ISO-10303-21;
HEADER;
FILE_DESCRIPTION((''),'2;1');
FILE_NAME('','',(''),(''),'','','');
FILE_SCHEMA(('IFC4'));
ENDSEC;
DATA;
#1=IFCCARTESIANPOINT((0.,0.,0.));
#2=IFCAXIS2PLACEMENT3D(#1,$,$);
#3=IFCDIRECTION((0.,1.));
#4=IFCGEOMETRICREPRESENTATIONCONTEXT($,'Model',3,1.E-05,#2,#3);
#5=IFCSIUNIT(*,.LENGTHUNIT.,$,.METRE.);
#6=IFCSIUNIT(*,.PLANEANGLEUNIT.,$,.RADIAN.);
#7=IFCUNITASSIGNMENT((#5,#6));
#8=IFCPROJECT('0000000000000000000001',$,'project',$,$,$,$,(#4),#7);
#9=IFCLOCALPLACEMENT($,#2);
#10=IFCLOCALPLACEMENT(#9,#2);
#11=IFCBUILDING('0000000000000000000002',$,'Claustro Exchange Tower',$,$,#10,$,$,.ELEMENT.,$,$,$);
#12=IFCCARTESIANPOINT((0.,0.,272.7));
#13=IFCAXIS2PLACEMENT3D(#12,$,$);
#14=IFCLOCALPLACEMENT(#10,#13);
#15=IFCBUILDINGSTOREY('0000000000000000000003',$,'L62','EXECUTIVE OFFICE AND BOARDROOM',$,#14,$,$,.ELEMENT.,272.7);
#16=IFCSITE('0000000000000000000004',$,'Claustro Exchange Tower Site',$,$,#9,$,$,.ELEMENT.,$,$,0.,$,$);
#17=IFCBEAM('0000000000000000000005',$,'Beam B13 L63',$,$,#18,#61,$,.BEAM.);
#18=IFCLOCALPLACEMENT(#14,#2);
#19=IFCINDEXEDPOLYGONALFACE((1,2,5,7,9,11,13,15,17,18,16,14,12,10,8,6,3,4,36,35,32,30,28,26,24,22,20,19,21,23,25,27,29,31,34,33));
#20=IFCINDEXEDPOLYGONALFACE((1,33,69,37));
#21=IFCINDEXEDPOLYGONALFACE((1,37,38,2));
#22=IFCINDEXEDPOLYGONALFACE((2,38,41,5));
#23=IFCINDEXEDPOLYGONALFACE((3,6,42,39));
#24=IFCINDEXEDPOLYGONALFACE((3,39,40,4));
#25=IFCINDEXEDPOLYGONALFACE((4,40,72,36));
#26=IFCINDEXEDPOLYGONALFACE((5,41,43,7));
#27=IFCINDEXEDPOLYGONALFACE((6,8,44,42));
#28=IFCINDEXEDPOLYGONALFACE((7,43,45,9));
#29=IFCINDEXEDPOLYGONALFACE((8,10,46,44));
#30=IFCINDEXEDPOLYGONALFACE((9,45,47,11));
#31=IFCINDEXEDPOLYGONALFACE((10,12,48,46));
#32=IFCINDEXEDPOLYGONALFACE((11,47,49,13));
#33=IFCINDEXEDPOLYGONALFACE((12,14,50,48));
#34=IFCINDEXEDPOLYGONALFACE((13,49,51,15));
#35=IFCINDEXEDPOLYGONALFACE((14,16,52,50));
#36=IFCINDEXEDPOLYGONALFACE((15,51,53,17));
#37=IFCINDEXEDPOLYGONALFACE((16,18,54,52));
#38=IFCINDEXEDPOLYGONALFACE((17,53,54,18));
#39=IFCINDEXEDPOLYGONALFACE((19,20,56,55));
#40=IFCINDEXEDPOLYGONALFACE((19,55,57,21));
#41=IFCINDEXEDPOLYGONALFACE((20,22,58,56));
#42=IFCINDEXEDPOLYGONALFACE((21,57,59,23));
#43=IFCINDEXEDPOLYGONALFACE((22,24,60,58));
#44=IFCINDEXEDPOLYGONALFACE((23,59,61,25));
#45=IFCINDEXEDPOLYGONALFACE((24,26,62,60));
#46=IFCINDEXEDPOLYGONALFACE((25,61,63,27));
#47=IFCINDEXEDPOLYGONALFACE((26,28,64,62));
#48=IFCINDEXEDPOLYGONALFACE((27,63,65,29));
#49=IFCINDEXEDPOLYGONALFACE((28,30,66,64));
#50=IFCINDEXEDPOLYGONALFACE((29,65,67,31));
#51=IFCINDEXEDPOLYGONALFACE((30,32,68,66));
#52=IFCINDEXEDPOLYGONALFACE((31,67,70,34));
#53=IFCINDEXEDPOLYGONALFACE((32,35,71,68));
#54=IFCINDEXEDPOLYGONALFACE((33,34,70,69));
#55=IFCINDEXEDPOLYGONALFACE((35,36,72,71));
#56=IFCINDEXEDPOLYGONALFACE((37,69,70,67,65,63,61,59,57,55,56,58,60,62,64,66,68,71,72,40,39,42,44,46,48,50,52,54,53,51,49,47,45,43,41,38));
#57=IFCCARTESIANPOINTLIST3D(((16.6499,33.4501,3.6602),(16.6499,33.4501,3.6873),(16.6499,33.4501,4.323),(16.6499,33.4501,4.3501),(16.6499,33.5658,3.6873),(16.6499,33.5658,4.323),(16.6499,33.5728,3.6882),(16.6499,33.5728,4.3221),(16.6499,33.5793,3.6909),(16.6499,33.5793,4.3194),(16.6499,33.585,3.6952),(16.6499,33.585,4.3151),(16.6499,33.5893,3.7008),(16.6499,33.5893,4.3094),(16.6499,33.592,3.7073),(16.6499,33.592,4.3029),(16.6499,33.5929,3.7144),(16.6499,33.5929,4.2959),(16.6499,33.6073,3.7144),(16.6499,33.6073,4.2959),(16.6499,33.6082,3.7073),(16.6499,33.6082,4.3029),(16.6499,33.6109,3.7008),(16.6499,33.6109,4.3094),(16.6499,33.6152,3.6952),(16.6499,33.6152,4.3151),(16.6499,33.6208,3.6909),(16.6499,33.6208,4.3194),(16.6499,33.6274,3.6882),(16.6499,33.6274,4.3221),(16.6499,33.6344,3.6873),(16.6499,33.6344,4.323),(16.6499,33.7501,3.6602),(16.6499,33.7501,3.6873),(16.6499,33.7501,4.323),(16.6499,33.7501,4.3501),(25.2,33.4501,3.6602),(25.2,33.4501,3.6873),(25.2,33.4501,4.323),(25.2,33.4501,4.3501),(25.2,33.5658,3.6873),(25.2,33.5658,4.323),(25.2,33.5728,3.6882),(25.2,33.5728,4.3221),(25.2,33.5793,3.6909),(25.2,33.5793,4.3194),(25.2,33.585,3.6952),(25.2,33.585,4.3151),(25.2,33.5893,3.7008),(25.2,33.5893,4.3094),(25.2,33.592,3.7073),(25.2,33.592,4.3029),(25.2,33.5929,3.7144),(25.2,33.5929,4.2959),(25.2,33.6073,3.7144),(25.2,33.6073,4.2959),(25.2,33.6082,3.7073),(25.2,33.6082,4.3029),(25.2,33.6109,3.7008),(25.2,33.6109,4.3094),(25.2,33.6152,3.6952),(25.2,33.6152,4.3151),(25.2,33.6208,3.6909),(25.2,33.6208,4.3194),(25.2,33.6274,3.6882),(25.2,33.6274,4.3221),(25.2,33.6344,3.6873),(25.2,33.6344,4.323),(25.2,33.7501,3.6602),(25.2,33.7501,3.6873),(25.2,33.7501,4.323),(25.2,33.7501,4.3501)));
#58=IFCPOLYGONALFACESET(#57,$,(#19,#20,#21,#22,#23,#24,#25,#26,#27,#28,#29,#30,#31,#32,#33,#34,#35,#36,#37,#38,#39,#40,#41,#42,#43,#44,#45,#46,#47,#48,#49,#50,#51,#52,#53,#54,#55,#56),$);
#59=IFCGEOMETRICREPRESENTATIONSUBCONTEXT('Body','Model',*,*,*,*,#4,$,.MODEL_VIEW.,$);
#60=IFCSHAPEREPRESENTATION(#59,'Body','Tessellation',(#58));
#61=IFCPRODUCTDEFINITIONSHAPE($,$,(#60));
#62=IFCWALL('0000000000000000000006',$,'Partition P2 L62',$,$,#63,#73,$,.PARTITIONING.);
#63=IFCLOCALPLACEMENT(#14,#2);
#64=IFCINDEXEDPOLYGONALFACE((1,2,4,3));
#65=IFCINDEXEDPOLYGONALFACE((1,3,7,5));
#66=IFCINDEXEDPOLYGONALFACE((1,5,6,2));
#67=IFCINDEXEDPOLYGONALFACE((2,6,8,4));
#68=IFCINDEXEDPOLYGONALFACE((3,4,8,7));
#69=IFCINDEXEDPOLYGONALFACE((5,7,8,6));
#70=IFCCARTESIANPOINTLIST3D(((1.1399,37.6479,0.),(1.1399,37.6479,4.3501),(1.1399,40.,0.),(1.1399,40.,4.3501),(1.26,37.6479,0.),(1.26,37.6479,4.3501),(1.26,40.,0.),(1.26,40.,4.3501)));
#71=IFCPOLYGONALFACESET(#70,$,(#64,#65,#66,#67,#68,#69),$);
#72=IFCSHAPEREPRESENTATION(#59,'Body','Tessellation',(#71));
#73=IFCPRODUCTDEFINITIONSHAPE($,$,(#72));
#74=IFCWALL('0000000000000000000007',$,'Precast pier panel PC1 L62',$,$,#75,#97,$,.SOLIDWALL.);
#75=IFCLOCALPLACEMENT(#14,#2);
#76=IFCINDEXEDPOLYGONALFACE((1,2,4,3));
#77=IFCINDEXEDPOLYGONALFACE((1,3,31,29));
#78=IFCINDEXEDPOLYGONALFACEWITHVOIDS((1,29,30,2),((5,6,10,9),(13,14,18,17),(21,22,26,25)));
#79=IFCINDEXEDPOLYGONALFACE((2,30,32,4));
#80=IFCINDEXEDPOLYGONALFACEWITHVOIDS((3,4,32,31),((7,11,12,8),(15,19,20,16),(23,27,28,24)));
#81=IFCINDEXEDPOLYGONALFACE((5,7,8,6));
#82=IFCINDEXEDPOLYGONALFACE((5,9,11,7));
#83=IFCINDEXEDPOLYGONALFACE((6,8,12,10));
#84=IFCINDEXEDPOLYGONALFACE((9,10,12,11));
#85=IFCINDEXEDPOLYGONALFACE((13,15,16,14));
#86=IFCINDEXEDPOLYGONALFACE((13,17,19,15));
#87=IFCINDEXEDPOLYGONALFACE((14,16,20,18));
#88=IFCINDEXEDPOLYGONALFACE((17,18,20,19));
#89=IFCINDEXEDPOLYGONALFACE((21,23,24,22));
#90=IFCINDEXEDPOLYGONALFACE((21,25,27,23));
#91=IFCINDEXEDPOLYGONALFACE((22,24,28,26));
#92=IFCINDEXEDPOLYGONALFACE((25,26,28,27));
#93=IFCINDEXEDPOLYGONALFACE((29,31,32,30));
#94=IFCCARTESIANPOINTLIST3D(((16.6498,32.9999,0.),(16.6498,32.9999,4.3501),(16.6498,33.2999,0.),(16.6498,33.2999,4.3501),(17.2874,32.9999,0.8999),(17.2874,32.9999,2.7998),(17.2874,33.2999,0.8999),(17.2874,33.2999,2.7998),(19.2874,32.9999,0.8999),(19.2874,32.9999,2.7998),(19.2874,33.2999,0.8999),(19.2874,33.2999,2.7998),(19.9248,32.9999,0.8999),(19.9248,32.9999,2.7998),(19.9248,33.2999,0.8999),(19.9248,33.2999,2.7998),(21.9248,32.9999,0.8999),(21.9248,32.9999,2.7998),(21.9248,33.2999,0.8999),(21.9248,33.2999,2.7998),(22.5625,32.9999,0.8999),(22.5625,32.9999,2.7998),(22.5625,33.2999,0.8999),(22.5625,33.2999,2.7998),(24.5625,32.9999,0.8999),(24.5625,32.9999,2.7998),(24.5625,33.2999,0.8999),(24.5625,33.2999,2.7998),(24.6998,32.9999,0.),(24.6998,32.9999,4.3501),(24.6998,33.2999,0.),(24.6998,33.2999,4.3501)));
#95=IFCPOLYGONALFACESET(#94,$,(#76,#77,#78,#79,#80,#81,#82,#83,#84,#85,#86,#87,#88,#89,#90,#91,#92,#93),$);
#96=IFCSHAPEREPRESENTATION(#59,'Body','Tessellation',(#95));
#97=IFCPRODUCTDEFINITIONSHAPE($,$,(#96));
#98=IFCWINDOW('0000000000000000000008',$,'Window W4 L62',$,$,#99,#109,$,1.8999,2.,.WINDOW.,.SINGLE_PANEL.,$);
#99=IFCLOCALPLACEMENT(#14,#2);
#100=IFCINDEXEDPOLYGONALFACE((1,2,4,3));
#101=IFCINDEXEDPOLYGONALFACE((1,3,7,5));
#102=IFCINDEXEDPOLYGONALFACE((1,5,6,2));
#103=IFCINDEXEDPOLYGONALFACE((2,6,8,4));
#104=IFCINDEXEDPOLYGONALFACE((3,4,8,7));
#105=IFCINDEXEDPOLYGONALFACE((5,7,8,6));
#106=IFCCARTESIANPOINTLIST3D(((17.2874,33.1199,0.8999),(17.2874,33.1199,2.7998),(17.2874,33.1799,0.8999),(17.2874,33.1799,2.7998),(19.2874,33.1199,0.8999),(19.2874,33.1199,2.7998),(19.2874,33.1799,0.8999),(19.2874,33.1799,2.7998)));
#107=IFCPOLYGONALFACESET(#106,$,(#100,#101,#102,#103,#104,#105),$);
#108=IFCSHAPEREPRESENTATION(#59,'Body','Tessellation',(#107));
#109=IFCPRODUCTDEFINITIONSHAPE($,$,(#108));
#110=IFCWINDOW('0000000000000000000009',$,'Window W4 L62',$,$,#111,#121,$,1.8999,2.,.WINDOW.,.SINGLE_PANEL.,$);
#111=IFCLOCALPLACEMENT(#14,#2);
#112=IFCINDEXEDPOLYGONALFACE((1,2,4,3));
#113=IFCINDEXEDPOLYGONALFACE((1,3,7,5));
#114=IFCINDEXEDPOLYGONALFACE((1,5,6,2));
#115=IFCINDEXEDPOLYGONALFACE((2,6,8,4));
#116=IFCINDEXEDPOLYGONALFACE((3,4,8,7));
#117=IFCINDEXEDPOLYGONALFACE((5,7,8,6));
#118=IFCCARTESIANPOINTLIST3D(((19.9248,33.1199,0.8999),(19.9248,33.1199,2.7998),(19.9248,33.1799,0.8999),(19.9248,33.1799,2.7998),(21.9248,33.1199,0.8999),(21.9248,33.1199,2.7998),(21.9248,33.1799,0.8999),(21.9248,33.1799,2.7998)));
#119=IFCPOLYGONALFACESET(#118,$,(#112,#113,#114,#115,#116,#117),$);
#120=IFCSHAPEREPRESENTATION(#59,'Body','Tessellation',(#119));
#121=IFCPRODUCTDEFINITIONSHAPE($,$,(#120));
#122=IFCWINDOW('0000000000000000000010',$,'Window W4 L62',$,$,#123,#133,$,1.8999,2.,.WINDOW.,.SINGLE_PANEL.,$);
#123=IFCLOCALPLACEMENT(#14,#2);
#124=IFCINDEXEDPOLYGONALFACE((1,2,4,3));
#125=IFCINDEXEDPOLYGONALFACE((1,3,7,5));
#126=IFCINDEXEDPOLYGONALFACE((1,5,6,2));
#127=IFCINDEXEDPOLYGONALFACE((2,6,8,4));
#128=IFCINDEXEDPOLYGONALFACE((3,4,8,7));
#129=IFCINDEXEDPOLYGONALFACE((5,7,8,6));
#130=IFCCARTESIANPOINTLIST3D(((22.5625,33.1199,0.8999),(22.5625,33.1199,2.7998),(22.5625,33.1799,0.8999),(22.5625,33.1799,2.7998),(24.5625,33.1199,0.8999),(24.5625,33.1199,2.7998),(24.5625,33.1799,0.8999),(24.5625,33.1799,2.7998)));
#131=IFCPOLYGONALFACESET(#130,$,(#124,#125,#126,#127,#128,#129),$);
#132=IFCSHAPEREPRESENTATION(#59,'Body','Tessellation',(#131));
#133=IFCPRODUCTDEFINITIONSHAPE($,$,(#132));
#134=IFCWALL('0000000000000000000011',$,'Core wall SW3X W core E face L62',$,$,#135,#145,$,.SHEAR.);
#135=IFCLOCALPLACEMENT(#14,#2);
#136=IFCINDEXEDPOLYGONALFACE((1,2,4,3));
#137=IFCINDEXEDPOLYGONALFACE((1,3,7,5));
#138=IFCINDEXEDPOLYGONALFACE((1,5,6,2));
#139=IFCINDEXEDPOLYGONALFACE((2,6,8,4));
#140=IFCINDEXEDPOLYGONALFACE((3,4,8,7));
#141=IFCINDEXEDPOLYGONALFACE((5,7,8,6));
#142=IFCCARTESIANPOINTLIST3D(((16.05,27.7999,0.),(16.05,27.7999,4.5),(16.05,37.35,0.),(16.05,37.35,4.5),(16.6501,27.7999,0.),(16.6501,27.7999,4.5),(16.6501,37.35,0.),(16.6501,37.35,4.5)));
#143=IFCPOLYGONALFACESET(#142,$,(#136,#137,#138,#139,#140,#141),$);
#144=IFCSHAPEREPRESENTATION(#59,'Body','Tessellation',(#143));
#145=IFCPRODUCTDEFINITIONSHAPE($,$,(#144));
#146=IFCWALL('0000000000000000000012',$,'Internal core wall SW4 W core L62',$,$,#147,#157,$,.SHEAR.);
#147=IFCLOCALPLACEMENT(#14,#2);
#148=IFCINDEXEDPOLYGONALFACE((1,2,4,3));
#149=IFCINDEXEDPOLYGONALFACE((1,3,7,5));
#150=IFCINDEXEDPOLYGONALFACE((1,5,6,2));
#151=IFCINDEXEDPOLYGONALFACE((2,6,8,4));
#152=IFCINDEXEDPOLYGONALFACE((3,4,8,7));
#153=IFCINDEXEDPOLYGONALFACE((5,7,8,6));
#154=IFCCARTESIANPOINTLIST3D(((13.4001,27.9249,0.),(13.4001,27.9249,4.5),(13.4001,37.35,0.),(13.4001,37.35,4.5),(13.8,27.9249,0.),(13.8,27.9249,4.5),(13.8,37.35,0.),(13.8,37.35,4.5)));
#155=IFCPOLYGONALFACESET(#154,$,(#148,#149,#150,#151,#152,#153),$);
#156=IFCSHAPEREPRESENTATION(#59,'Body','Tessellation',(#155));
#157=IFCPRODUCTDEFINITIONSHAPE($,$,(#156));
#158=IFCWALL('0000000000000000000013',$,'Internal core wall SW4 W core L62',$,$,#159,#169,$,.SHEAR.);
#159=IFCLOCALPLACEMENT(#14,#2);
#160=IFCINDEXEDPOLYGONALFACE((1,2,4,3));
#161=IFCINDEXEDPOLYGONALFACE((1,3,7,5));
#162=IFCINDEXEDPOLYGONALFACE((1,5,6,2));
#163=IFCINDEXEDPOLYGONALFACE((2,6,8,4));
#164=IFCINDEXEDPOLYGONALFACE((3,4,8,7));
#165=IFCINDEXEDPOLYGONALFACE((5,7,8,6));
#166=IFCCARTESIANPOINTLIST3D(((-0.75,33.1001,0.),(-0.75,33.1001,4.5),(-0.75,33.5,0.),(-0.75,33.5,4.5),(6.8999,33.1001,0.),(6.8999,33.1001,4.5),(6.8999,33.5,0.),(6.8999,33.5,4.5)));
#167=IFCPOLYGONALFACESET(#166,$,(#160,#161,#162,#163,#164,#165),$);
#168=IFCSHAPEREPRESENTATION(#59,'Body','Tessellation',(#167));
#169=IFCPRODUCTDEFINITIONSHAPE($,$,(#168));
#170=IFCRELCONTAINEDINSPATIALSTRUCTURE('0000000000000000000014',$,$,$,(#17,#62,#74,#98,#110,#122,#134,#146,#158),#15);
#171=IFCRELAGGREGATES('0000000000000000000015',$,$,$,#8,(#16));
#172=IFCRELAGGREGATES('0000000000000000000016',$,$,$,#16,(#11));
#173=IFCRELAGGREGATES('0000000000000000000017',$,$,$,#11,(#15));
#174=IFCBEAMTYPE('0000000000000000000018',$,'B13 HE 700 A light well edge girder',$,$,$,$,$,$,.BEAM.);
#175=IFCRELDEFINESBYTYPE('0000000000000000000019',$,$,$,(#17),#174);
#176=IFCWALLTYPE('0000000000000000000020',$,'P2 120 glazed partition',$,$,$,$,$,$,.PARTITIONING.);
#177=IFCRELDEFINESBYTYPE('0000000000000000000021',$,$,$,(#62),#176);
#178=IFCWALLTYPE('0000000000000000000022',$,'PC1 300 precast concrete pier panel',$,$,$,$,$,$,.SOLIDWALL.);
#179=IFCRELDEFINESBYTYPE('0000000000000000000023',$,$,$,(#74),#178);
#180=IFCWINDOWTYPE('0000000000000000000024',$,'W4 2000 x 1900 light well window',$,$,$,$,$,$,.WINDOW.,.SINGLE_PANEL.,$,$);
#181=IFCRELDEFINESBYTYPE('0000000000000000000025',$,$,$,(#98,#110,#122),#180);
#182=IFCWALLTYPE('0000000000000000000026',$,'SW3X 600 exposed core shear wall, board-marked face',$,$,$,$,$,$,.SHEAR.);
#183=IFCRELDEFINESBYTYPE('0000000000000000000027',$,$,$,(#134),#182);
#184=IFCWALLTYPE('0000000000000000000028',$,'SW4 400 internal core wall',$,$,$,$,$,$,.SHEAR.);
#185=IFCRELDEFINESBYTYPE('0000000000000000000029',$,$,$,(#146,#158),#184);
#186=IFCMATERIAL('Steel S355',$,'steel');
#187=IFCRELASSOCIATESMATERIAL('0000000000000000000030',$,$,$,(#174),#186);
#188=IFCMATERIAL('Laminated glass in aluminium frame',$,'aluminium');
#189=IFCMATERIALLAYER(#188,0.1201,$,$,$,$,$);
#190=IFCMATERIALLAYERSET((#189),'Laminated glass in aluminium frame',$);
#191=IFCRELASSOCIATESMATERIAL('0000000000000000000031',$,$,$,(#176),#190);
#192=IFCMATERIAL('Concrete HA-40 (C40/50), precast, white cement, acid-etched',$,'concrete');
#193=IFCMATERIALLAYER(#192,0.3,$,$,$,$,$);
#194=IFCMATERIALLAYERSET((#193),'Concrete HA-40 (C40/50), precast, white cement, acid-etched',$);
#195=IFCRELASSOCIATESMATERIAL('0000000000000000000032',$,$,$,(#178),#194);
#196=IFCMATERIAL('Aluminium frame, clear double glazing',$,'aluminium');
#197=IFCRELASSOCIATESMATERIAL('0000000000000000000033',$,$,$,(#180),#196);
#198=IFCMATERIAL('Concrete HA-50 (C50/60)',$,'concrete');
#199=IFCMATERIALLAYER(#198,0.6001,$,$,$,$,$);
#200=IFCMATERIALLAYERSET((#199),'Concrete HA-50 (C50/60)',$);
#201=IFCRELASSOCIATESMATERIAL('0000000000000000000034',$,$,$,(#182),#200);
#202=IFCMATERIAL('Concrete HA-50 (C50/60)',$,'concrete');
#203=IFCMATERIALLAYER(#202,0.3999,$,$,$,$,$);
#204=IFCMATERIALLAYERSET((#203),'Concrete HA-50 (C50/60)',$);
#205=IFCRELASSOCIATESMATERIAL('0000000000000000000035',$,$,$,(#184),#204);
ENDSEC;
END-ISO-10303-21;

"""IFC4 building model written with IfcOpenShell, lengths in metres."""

from ifc_helpers import new_model, si_unit, direction, frame, frame_2d, origin, origin_2d, place, context, subcontext, project, spatial, rectangle, i_section, extrude, material, layer, layer_set, material_profile, profile_set, type_object, element, fill, save


model = new_model("IFC4")

# Units and contexts
model_context = context("Model", 3, precision=1e-05, world=origin(), true_north=direction((0.0, 1.0)))
body_context = subcontext(model_context, "Body", "Model", "MODEL_VIEW")
ifc_project = project(units=[si_unit("LENGTHUNIT", "METRE"), si_unit("PLANEANGLEUNIT", "RADIAN")], contexts=[model_context])

# Site, building, storey
site_placement = place(None, origin())
site = spatial("IfcSite", under=ifc_project, at=site_placement, Name="Claustro Exchange Tower Site", CompositionType="ELEMENT", RefElevation=0.0)
building_placement = place(site_placement, origin())
building = spatial("IfcBuilding", under=site, at=building_placement, Name="Claustro Exchange Tower", CompositionType="ELEMENT")
storey_placement = place(building_placement, frame((0.0, 0.0, 272.7)))
storey = spatial("IfcBuildingStorey", under=building, at=storey_placement, Name="L62", Description="EXECUTIVE OFFICE AND BOARDROOM", CompositionType="ELEMENT", Elevation=272.7)

# Beam
ifc_material_1 = material(Name="Steel S355", Category="steel")
ifc_material_profile = material_profile(ifc_material_1, i_section(OverallWidth=0.3, OverallDepth=0.6899, WebThickness=0.0144, FlangeThickness=0.0271, FilletRadius=0.0271, at=origin_2d()), Name="HE 700 A")
ifc_profile_set = profile_set([ifc_material_profile], Name="Steel S355")
beam_type = type_object("IfcBeamType", Name="B13 HE 700 A light well edge girder", PredefinedType="BEAM", material=ifc_profile_set)
beam_placement = place(storey_placement, frame((16.6499, 33.6001, 4.0051), z_axis=(1.0, 0.0, 0.0), x_axis=(0.0, 1.0, 0.0)))
element("IfcBeam", 1, at=beam_placement, inside=storey, type_object=beam_type, Name="Beam B13 L63", PredefinedType="BEAM", context=body_context, shape_type="SweptSolid", body=[
    extrude(i_section(OverallWidth=0.3, OverallDepth=0.6899, WebThickness=0.0144, FlangeThickness=0.0271, FilletRadius=0.0271, at=origin_2d()), origin(), (0.0, 0.0, 1.0), 8.55),
])

# Wall
ifc_material_2 = material(Name="Laminated glass in aluminium frame", Category="aluminium")
ifc_layer_1 = layer(ifc_material_2, 0.1201)
ifc_layer_set_1 = layer_set([ifc_layer_1], Name="Laminated glass in aluminium frame")
wall_type_1 = type_object("IfcWallType", Name="P2 120 glazed partition", PredefinedType="PARTITIONING", material=ifc_layer_set_1)
wall_1_placement = place(storey_placement, frame((1.2, 37.6479, 0.0), z_axis=(0.0, 0.0, 1.0), x_axis=(0.0, 1.0, 0.0)))
element("IfcWall", 2, at=wall_1_placement, inside=storey, type_object=wall_type_1, Name="Partition P2 L62", PredefinedType="PARTITIONING", context=body_context, shape_type="SweptSolid", body=[
    extrude(rectangle(XDim=2.3521, YDim=0.1201, at=frame_2d((1.176, 0.0))), origin(), (0.0, 0.0, 1.0), 4.3501),
])

# Wall, openings, windows
ifc_material_3 = material(Name="Concrete HA-40 (C40/50), precast, white cement, acid-etched", Category="concrete")
ifc_layer_2 = layer(ifc_material_3, 0.3)
ifc_layer_set_2 = layer_set([ifc_layer_2], Name="Concrete HA-40 (C40/50), precast, white cement, acid-etched")
wall_type_2 = type_object("IfcWallType", Name="PC1 300 precast concrete pier panel", PredefinedType="SOLIDWALL", material=ifc_layer_set_2)
wall_2_placement = place(storey_placement, frame((16.6499, 33.1499, 0.0), z_axis=(0.0, 0.0, 1.0), x_axis=(1.0, 0.0, 0.0)))
wall_2 = element("IfcWall", 3, at=wall_2_placement, inside=storey, type_object=wall_type_2, Name="Precast pier panel PC1 L62", PredefinedType="SOLIDWALL", context=body_context, shape_type="SweptSolid", body=[
    extrude(rectangle(XDim=8.05, YDim=0.3, at=frame_2d((4.0249, 0.0))), origin(), (0.0, 0.0, 1.0), 4.3501),
])
opening_1_placement = place(wall_2_placement, frame((0.6375, 0.0, 0.8999)))
opening_1 = element("IfcOpeningElement", 4, at=opening_1_placement, cuts=wall_2, PredefinedType="OPENING", context=body_context, shape_type="SweptSolid", body=[
    extrude(rectangle(XDim=2.0, YDim=1.8999, at=frame_2d((1.0, 0.95))), frame((0.0, 0.1599, 0.0), z_axis=(0.0, -1.0, 0.0), x_axis=(1.0, 0.0, 0.0)), (0.0, 0.0, 1.0), 0.3201),
])
opening_2_placement = place(wall_2_placement, frame((3.2749, 0.0, 0.8999)))
opening_2 = element("IfcOpeningElement", 5, at=opening_2_placement, cuts=wall_2, PredefinedType="OPENING", context=body_context, shape_type="SweptSolid", body=[
    extrude(rectangle(XDim=2.0, YDim=1.8999, at=frame_2d((1.0, 0.95))), frame((0.0, 0.1599, 0.0), z_axis=(0.0, -1.0, 0.0), x_axis=(1.0, 0.0, 0.0)), (0.0, 0.0, 1.0), 0.3201),
])
opening_3_placement = place(wall_2_placement, frame((5.9126, 0.0, 0.8999)))
opening_3 = element("IfcOpeningElement", 6, at=opening_3_placement, cuts=wall_2, PredefinedType="OPENING", context=body_context, shape_type="SweptSolid", body=[
    extrude(rectangle(XDim=2.0, YDim=1.8999, at=frame_2d((1.0, 0.95))), frame((0.0, 0.1599, 0.0), z_axis=(0.0, -1.0, 0.0), x_axis=(1.0, 0.0, 0.0)), (0.0, 0.0, 1.0), 0.3201),
])
ifc_material_4 = material(Name="Aluminium frame, clear double glazing", Category="aluminium")
window_type = type_object("IfcWindowType", Name="W4 2000 x 1900 light well window", PartitioningType="SINGLE_PANEL", PredefinedType="WINDOW", material=ifc_material_4)
window_1_placement = place(opening_1_placement, origin())
window_1 = element("IfcWindow", 7, at=window_1_placement, inside=storey, type_object=window_type, Name="Window W4 L62", OverallHeight=1.8999, OverallWidth=2.0, PartitioningType="SINGLE_PANEL", PredefinedType="WINDOW", context=body_context, shape_type="SweptSolid", body=[
    extrude(rectangle(XDim=2.0, YDim=1.8999, at=frame_2d((1.0, 0.95))), frame((0.0, 0.03, 0.0), z_axis=(0.0, -1.0, 0.0), x_axis=(1.0, 0.0, 0.0)), (0.0, 0.0, 1.0), 0.0601),
])
fill(opening_1, window_1)
window_2_placement = place(opening_2_placement, origin())
window_2 = element("IfcWindow", 8, at=window_2_placement, inside=storey, type_object=window_type, Name="Window W4 L62", OverallHeight=1.8999, OverallWidth=2.0, PartitioningType="SINGLE_PANEL", PredefinedType="WINDOW", context=body_context, shape_type="SweptSolid", body=[
    extrude(rectangle(XDim=2.0, YDim=1.8999, at=frame_2d((1.0, 0.95))), frame((0.0, 0.03, 0.0), z_axis=(0.0, -1.0, 0.0), x_axis=(1.0, 0.0, 0.0)), (0.0, 0.0, 1.0), 0.0601),
])
fill(opening_2, window_2)
window_3_placement = place(opening_3_placement, origin())
window_3 = element("IfcWindow", 9, at=window_3_placement, inside=storey, type_object=window_type, Name="Window W4 L62", OverallHeight=1.8999, OverallWidth=2.0, PartitioningType="SINGLE_PANEL", PredefinedType="WINDOW", context=body_context, shape_type="SweptSolid", body=[
    extrude(rectangle(XDim=2.0, YDim=1.8999, at=frame_2d((1.0, 0.95))), frame((0.0, 0.03, 0.0), z_axis=(0.0, -1.0, 0.0), x_axis=(1.0, 0.0, 0.0)), (0.0, 0.0, 1.0), 0.0601),
])
fill(opening_3, window_3)

# Walls
ifc_material_5 = material(Name="Concrete HA-50 (C50/60)", Category="concrete")
ifc_layer_3 = layer(ifc_material_5, 0.6001)
ifc_layer_set_3 = layer_set([ifc_layer_3], Name="Concrete HA-50 (C50/60)")
wall_type_3 = type_object("IfcWallType", Name="SW3X 600 exposed core shear wall, board-marked face", PredefinedType="SHEAR", material=ifc_layer_set_3)
wall_3_placement = place(storey_placement, frame((16.3501, 27.8, 0.0), z_axis=(0.0, 0.0, 1.0), x_axis=(0.0, 1.0, 0.0)))
element("IfcWall", 10, at=wall_3_placement, inside=storey, type_object=wall_type_3, Name="Core wall SW3X W core E face L62", PredefinedType="SHEAR", context=body_context, shape_type="SweptSolid", body=[
    extrude(rectangle(XDim=9.55, YDim=0.6001, at=frame_2d((4.7749, 0.0))), origin(), (0.0, 0.0, 1.0), 4.5),
])
ifc_material_6 = material(Name="Concrete HA-50 (C50/60)", Category="concrete")
ifc_layer_4 = layer(ifc_material_6, 0.3999)
ifc_layer_set_4 = layer_set([ifc_layer_4], Name="Concrete HA-50 (C50/60)")
wall_type_4 = type_object("IfcWallType", Name="SW4 400 internal core wall", PredefinedType="SHEAR", material=ifc_layer_set_4)
wall_4_placement = place(storey_placement, frame((13.6001, 27.925, 0.0), z_axis=(0.0, 0.0, 1.0), x_axis=(0.0, 1.0, 0.0)))
element("IfcWall", 11, at=wall_4_placement, inside=storey, type_object=wall_type_4, Name="Internal core wall SW4 W core L62", PredefinedType="SHEAR", context=body_context, shape_type="SweptSolid", body=[
    extrude(rectangle(XDim=9.425, YDim=0.3999, at=frame_2d((4.7124, 0.0))), origin(), (0.0, 0.0, 1.0), 4.5),
])
wall_5_placement = place(storey_placement, frame((-0.75, 33.3, 0.0), z_axis=(0.0, 0.0, 1.0), x_axis=(1.0, 0.0, 0.0)))
element("IfcWall", 12, at=wall_5_placement, inside=storey, type_object=wall_type_4, Name="Internal core wall SW4 W core L62", PredefinedType="SHEAR", context=body_context, shape_type="SweptSolid", body=[
    extrude(rectangle(XDim=7.6499, YDim=0.3999, at=frame_2d((3.825, 0.0))), origin(), (0.0, 0.0, 1.0), 4.5),
])

save(model, "model.ifc")
